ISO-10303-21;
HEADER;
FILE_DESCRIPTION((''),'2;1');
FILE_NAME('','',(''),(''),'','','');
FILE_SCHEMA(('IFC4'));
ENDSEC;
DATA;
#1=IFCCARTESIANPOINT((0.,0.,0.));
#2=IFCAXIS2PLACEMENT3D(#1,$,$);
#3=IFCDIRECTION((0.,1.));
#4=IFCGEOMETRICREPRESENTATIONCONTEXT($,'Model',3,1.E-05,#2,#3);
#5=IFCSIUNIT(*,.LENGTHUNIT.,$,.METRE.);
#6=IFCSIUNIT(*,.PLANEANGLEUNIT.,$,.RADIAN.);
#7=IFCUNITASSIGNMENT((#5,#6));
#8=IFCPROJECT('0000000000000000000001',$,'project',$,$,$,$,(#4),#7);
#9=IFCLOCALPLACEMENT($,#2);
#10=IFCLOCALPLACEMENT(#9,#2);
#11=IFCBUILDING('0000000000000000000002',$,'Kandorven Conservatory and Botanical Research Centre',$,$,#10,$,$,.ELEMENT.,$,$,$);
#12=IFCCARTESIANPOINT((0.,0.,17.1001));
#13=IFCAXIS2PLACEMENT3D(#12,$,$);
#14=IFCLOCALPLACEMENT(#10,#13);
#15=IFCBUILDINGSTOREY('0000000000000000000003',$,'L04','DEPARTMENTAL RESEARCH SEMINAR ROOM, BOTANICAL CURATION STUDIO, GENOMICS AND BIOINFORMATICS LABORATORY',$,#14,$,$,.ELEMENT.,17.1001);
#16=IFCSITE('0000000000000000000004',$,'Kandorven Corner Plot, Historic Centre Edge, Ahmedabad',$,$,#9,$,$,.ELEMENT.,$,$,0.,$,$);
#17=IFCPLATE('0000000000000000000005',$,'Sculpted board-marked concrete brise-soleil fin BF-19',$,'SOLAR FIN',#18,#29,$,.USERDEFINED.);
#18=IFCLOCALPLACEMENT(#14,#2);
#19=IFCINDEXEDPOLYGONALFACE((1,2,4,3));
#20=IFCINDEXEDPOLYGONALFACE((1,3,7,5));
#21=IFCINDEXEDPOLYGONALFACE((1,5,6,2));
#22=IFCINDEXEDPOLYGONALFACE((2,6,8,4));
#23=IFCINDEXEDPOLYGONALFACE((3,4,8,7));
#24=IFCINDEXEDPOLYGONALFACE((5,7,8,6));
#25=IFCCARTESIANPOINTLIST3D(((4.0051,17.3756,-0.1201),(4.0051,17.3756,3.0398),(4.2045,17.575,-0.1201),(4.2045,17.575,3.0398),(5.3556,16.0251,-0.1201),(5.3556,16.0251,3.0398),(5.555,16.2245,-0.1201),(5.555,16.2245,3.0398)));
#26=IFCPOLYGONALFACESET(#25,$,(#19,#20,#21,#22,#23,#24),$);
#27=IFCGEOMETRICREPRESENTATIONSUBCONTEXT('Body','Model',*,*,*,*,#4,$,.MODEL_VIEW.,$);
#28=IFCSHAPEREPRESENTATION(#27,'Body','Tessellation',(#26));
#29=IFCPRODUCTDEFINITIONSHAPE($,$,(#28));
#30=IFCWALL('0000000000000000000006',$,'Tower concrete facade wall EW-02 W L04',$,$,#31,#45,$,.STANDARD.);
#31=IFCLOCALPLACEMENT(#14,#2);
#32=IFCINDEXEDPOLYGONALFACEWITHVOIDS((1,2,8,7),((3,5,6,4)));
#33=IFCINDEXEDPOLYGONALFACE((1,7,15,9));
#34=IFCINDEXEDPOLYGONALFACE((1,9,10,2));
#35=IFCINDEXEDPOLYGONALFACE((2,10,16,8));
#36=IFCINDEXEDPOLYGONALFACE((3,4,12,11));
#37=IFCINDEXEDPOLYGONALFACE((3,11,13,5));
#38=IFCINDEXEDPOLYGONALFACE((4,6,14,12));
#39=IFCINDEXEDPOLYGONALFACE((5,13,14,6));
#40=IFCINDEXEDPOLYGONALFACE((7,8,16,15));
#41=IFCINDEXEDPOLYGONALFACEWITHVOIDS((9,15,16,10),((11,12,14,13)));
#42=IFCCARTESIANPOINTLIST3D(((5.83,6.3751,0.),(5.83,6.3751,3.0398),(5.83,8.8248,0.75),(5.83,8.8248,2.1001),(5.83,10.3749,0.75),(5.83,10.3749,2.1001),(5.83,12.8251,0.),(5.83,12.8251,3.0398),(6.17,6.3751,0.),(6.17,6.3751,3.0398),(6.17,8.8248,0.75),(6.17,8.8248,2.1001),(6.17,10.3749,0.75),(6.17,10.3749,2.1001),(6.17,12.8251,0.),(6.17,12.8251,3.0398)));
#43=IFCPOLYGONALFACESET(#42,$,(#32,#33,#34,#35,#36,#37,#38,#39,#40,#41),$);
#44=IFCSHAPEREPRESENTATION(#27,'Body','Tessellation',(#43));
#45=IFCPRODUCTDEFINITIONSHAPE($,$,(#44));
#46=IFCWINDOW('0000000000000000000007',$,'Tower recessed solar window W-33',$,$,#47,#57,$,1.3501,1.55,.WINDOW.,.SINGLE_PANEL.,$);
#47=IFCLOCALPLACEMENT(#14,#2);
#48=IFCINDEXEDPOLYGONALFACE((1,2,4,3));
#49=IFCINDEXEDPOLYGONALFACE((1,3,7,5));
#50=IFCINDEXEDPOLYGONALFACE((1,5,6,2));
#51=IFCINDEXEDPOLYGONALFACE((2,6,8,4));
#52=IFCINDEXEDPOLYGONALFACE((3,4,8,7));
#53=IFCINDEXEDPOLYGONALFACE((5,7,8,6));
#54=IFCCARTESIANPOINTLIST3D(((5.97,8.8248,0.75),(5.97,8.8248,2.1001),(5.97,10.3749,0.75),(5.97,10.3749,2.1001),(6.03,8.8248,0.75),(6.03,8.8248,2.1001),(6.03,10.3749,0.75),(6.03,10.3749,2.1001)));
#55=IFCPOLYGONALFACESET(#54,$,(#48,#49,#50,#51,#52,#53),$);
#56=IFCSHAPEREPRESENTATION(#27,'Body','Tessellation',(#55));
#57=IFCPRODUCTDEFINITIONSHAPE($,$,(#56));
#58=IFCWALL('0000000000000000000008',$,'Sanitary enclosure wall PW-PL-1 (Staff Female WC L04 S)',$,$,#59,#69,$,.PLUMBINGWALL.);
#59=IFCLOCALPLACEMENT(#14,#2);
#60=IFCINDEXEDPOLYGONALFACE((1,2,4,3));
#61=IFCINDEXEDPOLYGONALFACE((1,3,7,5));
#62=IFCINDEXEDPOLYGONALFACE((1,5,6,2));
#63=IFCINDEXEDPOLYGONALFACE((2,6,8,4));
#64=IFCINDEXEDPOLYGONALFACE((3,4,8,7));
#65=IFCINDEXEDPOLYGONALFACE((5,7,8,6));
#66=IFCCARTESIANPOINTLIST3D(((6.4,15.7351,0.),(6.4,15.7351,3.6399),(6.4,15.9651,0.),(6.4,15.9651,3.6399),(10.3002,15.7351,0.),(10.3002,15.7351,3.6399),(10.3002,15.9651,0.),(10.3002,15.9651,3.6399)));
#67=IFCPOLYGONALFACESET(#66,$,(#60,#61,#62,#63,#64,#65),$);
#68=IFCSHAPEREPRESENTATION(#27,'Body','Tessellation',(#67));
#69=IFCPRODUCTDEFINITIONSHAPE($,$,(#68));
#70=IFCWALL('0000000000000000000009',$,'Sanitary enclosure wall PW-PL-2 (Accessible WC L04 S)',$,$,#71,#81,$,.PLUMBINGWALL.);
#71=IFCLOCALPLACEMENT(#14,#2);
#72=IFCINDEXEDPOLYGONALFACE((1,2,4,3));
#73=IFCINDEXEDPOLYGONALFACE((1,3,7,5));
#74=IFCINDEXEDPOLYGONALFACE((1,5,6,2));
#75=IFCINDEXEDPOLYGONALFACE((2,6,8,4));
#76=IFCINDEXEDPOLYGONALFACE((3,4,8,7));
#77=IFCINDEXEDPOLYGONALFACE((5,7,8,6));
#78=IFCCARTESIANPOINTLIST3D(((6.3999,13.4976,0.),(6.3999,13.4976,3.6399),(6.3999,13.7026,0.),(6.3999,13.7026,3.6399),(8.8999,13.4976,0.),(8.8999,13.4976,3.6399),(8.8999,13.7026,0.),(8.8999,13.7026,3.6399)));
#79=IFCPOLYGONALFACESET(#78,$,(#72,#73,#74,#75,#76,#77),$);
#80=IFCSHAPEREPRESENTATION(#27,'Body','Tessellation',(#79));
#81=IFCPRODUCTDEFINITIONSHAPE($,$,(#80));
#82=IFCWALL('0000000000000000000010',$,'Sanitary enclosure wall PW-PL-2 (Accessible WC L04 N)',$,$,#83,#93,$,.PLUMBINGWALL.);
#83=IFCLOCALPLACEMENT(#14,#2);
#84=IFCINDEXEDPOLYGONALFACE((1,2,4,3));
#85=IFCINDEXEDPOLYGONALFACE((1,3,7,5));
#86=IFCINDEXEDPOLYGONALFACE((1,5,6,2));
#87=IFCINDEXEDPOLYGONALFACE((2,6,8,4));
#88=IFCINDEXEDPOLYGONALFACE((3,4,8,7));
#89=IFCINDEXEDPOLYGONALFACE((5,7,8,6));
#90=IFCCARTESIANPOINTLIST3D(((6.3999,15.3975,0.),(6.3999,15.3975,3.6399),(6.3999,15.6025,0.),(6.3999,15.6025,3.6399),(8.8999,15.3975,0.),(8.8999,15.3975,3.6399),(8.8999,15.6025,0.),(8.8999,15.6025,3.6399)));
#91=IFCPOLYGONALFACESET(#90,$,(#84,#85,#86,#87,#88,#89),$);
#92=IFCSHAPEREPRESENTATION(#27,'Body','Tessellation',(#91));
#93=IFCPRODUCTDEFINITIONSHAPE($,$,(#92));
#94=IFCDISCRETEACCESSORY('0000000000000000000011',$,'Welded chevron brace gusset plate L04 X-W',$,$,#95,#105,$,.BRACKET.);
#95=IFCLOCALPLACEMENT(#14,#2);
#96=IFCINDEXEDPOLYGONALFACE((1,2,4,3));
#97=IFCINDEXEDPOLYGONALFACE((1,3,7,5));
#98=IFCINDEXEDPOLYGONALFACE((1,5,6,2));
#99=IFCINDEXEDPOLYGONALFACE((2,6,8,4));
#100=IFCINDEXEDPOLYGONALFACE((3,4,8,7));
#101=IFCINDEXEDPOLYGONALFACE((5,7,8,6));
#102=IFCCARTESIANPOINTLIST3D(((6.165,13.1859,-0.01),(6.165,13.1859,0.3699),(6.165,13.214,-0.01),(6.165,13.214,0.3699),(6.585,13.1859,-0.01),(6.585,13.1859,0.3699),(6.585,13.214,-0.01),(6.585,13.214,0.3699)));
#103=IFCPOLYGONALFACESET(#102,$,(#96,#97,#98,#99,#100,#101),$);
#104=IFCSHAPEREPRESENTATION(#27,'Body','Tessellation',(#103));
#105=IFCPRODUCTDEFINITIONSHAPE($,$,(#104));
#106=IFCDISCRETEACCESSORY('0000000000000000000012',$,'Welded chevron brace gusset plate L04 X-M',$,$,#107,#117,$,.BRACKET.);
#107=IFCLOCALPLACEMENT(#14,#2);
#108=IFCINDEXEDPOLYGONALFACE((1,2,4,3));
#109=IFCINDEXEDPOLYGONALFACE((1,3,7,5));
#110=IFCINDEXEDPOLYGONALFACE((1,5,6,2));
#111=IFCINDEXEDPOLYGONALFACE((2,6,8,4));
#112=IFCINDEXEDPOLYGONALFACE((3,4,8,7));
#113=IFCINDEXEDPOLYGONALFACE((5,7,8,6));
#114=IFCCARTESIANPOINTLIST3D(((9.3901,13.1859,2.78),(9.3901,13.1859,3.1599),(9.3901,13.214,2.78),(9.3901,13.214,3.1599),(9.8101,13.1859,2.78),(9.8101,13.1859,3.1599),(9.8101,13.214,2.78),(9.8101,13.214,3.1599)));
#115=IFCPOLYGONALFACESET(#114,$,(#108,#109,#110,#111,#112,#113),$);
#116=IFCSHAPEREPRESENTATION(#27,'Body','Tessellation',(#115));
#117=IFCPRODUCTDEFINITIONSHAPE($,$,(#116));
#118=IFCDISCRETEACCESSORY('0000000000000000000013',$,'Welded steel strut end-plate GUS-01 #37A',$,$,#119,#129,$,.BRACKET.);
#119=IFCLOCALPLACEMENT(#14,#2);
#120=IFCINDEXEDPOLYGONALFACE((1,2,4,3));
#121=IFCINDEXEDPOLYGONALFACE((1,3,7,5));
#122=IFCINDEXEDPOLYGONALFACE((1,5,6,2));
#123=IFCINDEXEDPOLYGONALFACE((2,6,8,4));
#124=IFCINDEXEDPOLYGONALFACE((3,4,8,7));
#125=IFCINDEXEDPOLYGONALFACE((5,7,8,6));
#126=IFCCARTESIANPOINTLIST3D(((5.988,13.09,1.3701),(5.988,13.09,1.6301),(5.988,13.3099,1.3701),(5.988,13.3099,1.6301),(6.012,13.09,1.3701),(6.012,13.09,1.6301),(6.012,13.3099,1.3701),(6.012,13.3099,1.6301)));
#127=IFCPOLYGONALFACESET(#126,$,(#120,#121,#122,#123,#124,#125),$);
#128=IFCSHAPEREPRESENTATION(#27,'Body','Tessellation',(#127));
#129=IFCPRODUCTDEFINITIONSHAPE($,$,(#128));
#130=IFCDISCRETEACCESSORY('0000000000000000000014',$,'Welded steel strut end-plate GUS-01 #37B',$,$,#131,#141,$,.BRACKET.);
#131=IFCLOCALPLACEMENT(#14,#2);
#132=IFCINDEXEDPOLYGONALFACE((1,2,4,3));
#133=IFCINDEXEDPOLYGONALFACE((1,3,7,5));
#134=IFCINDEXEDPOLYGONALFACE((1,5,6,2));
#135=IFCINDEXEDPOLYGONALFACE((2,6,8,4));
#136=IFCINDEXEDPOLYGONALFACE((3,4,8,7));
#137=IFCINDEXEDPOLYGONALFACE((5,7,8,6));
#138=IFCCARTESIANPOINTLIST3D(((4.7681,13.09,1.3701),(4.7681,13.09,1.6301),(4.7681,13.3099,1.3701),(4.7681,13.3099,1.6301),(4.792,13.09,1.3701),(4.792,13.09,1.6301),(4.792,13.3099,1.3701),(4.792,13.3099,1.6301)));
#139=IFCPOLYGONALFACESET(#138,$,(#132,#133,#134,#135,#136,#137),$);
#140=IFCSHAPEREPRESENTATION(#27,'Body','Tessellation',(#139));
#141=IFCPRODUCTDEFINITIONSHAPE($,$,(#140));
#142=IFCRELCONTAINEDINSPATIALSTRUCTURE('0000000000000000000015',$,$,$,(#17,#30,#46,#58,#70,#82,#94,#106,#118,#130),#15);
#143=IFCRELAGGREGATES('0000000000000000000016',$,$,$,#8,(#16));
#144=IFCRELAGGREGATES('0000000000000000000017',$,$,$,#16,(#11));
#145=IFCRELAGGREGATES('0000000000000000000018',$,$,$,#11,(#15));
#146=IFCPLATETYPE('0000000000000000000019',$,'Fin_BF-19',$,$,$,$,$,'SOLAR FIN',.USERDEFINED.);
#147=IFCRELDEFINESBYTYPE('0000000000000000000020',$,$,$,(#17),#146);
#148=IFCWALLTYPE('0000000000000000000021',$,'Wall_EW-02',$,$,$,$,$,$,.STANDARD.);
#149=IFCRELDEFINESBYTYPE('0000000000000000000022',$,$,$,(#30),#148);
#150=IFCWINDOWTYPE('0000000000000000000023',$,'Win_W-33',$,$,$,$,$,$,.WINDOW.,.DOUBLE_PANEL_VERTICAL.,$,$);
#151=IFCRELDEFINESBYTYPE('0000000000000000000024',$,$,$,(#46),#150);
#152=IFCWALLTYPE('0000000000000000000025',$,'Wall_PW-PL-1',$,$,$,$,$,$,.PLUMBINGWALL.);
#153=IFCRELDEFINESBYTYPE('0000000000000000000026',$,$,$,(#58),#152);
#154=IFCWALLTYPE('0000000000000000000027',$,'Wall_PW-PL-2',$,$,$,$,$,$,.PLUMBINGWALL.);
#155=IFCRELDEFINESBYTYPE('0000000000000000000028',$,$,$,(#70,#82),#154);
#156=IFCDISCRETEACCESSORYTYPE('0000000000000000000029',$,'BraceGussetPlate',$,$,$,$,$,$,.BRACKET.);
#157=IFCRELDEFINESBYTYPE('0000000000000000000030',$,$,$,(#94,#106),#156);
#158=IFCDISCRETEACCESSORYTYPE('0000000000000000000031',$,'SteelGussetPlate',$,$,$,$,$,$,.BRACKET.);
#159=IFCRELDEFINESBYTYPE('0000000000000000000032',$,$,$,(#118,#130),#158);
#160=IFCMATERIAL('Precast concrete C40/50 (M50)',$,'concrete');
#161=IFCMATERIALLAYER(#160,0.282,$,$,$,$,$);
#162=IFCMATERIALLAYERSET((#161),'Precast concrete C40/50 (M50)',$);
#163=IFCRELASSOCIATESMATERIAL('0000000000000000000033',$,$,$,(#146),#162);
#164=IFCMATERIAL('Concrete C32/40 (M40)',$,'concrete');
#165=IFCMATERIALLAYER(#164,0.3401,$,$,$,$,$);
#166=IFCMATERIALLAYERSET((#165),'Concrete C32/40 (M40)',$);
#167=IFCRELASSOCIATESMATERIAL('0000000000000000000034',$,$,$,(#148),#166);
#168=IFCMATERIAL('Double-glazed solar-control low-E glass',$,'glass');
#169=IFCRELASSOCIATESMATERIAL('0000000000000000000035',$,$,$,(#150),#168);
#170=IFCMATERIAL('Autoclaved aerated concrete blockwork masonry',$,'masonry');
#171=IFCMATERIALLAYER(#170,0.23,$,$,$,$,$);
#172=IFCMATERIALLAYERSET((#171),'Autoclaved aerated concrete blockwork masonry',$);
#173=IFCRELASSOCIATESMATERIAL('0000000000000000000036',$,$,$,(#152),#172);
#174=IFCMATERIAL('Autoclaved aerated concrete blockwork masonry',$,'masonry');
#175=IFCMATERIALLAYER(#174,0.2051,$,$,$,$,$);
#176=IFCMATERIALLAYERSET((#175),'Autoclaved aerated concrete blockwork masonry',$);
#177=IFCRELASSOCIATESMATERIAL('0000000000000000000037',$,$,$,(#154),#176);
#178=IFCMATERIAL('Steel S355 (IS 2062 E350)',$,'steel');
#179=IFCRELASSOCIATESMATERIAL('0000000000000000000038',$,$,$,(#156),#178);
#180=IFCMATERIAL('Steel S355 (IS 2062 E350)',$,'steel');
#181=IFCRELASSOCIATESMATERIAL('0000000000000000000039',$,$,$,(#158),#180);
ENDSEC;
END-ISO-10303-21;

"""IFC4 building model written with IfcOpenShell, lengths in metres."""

from ifc_helpers import new_model, si_unit, direction, frame, frame_2d, origin, origin_2d, place, context, subcontext, project, spatial, rectangle, extrude, material, layer, layer_set, type_object, element, fill, save


model = new_model("IFC4")

# Units and contexts
model_context = context("Model", 3, precision=1e-05, world=origin(), true_north=direction((0.0, 1.0)))
body_context = subcontext(model_context, "Body", "Model", "MODEL_VIEW")
ifc_project = project(units=[si_unit("LENGTHUNIT", "METRE"), si_unit("PLANEANGLEUNIT", "RADIAN")], contexts=[model_context])

# Site, building, storey
site_placement = place(None, origin())
site = spatial("IfcSite", under=ifc_project, at=site_placement, Name="Kandorven Corner Plot, Historic Centre Edge, Ahmedabad", CompositionType="ELEMENT", RefElevation=0.0)
building_placement = place(site_placement, origin())
building = spatial("IfcBuilding", under=site, at=building_placement, Name="Kandorven Conservatory and Botanical Research Centre", CompositionType="ELEMENT")
storey_placement = place(building_placement, frame((0.0, 0.0, 17.1001)))
storey = spatial("IfcBuildingStorey", under=building, at=storey_placement, Name="L04", Description="DEPARTMENTAL RESEARCH SEMINAR ROOM, BOTANICAL CURATION STUDIO, GENOMICS AND BIOINFORMATICS LABORATORY", CompositionType="ELEMENT", Elevation=17.1001)

# Plate
ifc_material_1 = material(Name="Precast concrete C40/50 (M50)", Category="concrete")
ifc_layer_1 = layer(ifc_material_1, 0.282)
ifc_layer_set_1 = layer_set([ifc_layer_1], Name="Precast concrete C40/50 (M50)")
plate_type_1 = type_object("IfcPlateType", Name="Fin_BF-19", ElementType="SOLAR FIN", PredefinedType="USERDEFINED", material=ifc_layer_set_1)
plate_1_placement = place(storey_placement, frame((4.78, 16.8, -0.1201), z_axis=(0.0, 0.0, 1.0), x_axis=(-0.707107, 0.707107, 0.0)))
element("IfcPlate", 1, at=plate_1_placement, inside=storey, type_object=plate_type_1, Name="Sculpted board-marked concrete brise-soleil fin BF-19", ObjectType="SOLAR FIN", PredefinedType="USERDEFINED", context=body_context, shape_type="SweptSolid", body=[
    extrude(rectangle(XDim=1.9099, YDim=0.282, at=origin_2d()), origin(), (0.0, 0.0, 1.0), 3.1599),
])

# Wall, opening, window
ifc_material_2 = material(Name="Concrete C32/40 (M40)", Category="concrete")
ifc_layer_2 = layer(ifc_material_2, 0.3401)
ifc_layer_set_2 = layer_set([ifc_layer_2], Name="Concrete C32/40 (M40)")
wall_type_1 = type_object("IfcWallType", Name="Wall_EW-02", PredefinedType="STANDARD", material=ifc_layer_set_2)
wall_1_placement = place(storey_placement, frame((6.0, 6.375, 0.0), z_axis=(0.0, 0.0, 1.0), x_axis=(0.0, 1.0, 0.0)))
wall_1 = element("IfcWall", 2, at=wall_1_placement, inside=storey, type_object=wall_type_1, Name="Tower concrete facade wall EW-02 W L04", PredefinedType="STANDARD", context=body_context, shape_type="SweptSolid", body=[
    extrude(rectangle(XDim=6.45, YDim=0.3401, at=frame_2d((3.2251, 0.0))), origin(), (0.0, 0.0, 1.0), 3.0398),
])
opening_1_placement = place(wall_1_placement, frame((2.45, 0.0, 0.75)))
opening_1 = element("IfcOpeningElement", 3, at=opening_1_placement, cuts=wall_1, PredefinedType="OPENING", context=body_context, shape_type="SweptSolid", body=[
    extrude(rectangle(XDim=1.55, YDim=1.3501, at=frame_2d((0.7749, 0.675))), frame((0.0, 0.1799, 0.0), z_axis=(0.0, -1.0, 0.0), x_axis=(1.0, 0.0, 0.0)), (0.0, 0.0, 1.0), 0.3601),
])
ifc_material_3 = material(Name="Double-glazed solar-control low-E glass", Category="glass")
window_type = type_object("IfcWindowType", Name="Win_W-33", PartitioningType="DOUBLE_PANEL_VERTICAL", PredefinedType="WINDOW", material=ifc_material_3)
window_placement = place(opening_1_placement, origin())
window = element("IfcWindow", 4, at=window_placement, inside=storey, type_object=window_type, Name="Tower recessed solar window W-33", OverallHeight=1.3501, OverallWidth=1.55, PartitioningType="SINGLE_PANEL", PredefinedType="WINDOW", context=body_context, shape_type="SweptSolid", body=[
    extrude(rectangle(XDim=1.55, YDim=1.3501, at=frame_2d((0.7749, 0.675))), frame((0.0, 0.03, 0.0), z_axis=(0.0, -1.0, 0.0), x_axis=(1.0, 0.0, 0.0)), (0.0, 0.0, 1.0), 0.0601),
])
fill(opening_1, window)

# Wall
ifc_material_4 = material(Name="Autoclaved aerated concrete blockwork masonry", Category="masonry")
ifc_layer_3 = layer(ifc_material_4, 0.23)
ifc_layer_set_3 = layer_set([ifc_layer_3], Name="Autoclaved aerated concrete blockwork masonry")
wall_type_2 = type_object("IfcWallType", Name="Wall_PW-PL-1", PredefinedType="PLUMBINGWALL", material=ifc_layer_set_3)
wall_2_placement = place(storey_placement, frame((6.3999, 15.8501, 0.0), z_axis=(0.0, 0.0, 1.0), x_axis=(1.0, 0.0, 0.0)))
element("IfcWall", 5, at=wall_2_placement, inside=storey, type_object=wall_type_2, Name="Sanitary enclosure wall PW-PL-1 (Staff Female WC L04 S)", PredefinedType="PLUMBINGWALL", context=body_context, shape_type="SweptSolid", body=[
    extrude(rectangle(XDim=3.9001, YDim=0.23, at=frame_2d((1.9502, 0.0))), origin(), (0.0, 0.0, 1.0), 3.6399),
])

# Shared definitions
ifc_material_5 = material(Name="Autoclaved aerated concrete blockwork masonry", Category="masonry")
ifc_layer_4 = layer(ifc_material_5, 0.2051)
ifc_layer_set_4 = layer_set([ifc_layer_4], Name="Autoclaved aerated concrete blockwork masonry")
wall_type_3 = type_object("IfcWallType", Name="Wall_PW-PL-2", PredefinedType="PLUMBINGWALL", material=ifc_layer_set_4)

# Walls
for number, where, z_axis, x_axis, name in (
    (6, (6.3999, 13.6001, 0.0), (0.0, 0.0, 1.0), (1.0, 0.0, 0.0), "Sanitary enclosure wall PW-PL-2 (Accessible WC L04 S)"),
    (7, (6.3999, 15.5, 0.0), (0.0, 0.0, 1.0), (1.0, 0.0, 0.0), "Sanitary enclosure wall PW-PL-2 (Accessible WC L04 N)"),
):
    element("IfcWall", number, at=place(storey_placement, frame(where, z_axis=z_axis, x_axis=x_axis)), inside=storey, type_object=wall_type_3, Name=name, PredefinedType="PLUMBINGWALL", context=body_context, shape_type="SweptSolid", body=[
        extrude(rectangle(XDim=2.5, YDim=0.2051, at=frame_2d((1.25, 0.0))), origin(), (0.0, 0.0, 1.0), 3.6399),
    ])

# Discrete accessories
ifc_material_6 = material(Name="Steel S355 (IS 2062 E350)", Category="steel")
discrete_accessory_type_1 = type_object("IfcDiscreteAccessoryType", Name="BraceGussetPlate", PredefinedType="BRACKET", material=ifc_material_6)
for number, where, z_axis, x_axis, name in (
    (8, (6.375, 13.2, -0.01), (0.0, 0.0, 1.0), (1.0, 0.0, 0.0), "Welded chevron brace gusset plate L04 X-W"),
    (9, (9.6001, 13.2, 2.78), (0.0, 0.0, 1.0), (1.0, 0.0, 0.0), "Welded chevron brace gusset plate L04 X-M"),
):
    element("IfcDiscreteAccessory", number, at=place(storey_placement, frame(where, z_axis=z_axis, x_axis=x_axis)), inside=storey, type_object=discrete_accessory_type_1, Name=name, PredefinedType="BRACKET", context=body_context, shape_type="SweptSolid", body=[
        extrude(rectangle(XDim=0.4199, YDim=0.0281, at=origin_2d()), origin(), (0.0, 0.0, 1.0), 0.3799),
    ])
ifc_material_7 = material(Name="Steel S355 (IS 2062 E350)", Category="steel")
discrete_accessory_type_2 = type_object("IfcDiscreteAccessoryType", Name="SteelGussetPlate", PredefinedType="BRACKET", material=ifc_material_7)
for number, where, z_axis, x_axis, name in (
    (10, (6.0, 13.2, 1.3701), (0.0, 0.0, 1.0), (1.0, 0.0, 0.0), "Welded steel strut end-plate GUS-01 #37A"),
    (11, (4.78, 13.2, 1.3701), (0.0, 0.0, 1.0), (1.0, 0.0, 0.0), "Welded steel strut end-plate GUS-01 #37B"),
):
    element("IfcDiscreteAccessory", number, at=place(storey_placement, frame(where, z_axis=z_axis, x_axis=x_axis)), inside=storey, type_object=discrete_accessory_type_2, Name=name, PredefinedType="BRACKET", context=body_context, shape_type="SweptSolid", body=[
        extrude(rectangle(XDim=0.0239, YDim=0.22, at=origin_2d()), origin(), (0.0, 0.0, 1.0), 0.26),
    ])

save(model, "model.ifc")
